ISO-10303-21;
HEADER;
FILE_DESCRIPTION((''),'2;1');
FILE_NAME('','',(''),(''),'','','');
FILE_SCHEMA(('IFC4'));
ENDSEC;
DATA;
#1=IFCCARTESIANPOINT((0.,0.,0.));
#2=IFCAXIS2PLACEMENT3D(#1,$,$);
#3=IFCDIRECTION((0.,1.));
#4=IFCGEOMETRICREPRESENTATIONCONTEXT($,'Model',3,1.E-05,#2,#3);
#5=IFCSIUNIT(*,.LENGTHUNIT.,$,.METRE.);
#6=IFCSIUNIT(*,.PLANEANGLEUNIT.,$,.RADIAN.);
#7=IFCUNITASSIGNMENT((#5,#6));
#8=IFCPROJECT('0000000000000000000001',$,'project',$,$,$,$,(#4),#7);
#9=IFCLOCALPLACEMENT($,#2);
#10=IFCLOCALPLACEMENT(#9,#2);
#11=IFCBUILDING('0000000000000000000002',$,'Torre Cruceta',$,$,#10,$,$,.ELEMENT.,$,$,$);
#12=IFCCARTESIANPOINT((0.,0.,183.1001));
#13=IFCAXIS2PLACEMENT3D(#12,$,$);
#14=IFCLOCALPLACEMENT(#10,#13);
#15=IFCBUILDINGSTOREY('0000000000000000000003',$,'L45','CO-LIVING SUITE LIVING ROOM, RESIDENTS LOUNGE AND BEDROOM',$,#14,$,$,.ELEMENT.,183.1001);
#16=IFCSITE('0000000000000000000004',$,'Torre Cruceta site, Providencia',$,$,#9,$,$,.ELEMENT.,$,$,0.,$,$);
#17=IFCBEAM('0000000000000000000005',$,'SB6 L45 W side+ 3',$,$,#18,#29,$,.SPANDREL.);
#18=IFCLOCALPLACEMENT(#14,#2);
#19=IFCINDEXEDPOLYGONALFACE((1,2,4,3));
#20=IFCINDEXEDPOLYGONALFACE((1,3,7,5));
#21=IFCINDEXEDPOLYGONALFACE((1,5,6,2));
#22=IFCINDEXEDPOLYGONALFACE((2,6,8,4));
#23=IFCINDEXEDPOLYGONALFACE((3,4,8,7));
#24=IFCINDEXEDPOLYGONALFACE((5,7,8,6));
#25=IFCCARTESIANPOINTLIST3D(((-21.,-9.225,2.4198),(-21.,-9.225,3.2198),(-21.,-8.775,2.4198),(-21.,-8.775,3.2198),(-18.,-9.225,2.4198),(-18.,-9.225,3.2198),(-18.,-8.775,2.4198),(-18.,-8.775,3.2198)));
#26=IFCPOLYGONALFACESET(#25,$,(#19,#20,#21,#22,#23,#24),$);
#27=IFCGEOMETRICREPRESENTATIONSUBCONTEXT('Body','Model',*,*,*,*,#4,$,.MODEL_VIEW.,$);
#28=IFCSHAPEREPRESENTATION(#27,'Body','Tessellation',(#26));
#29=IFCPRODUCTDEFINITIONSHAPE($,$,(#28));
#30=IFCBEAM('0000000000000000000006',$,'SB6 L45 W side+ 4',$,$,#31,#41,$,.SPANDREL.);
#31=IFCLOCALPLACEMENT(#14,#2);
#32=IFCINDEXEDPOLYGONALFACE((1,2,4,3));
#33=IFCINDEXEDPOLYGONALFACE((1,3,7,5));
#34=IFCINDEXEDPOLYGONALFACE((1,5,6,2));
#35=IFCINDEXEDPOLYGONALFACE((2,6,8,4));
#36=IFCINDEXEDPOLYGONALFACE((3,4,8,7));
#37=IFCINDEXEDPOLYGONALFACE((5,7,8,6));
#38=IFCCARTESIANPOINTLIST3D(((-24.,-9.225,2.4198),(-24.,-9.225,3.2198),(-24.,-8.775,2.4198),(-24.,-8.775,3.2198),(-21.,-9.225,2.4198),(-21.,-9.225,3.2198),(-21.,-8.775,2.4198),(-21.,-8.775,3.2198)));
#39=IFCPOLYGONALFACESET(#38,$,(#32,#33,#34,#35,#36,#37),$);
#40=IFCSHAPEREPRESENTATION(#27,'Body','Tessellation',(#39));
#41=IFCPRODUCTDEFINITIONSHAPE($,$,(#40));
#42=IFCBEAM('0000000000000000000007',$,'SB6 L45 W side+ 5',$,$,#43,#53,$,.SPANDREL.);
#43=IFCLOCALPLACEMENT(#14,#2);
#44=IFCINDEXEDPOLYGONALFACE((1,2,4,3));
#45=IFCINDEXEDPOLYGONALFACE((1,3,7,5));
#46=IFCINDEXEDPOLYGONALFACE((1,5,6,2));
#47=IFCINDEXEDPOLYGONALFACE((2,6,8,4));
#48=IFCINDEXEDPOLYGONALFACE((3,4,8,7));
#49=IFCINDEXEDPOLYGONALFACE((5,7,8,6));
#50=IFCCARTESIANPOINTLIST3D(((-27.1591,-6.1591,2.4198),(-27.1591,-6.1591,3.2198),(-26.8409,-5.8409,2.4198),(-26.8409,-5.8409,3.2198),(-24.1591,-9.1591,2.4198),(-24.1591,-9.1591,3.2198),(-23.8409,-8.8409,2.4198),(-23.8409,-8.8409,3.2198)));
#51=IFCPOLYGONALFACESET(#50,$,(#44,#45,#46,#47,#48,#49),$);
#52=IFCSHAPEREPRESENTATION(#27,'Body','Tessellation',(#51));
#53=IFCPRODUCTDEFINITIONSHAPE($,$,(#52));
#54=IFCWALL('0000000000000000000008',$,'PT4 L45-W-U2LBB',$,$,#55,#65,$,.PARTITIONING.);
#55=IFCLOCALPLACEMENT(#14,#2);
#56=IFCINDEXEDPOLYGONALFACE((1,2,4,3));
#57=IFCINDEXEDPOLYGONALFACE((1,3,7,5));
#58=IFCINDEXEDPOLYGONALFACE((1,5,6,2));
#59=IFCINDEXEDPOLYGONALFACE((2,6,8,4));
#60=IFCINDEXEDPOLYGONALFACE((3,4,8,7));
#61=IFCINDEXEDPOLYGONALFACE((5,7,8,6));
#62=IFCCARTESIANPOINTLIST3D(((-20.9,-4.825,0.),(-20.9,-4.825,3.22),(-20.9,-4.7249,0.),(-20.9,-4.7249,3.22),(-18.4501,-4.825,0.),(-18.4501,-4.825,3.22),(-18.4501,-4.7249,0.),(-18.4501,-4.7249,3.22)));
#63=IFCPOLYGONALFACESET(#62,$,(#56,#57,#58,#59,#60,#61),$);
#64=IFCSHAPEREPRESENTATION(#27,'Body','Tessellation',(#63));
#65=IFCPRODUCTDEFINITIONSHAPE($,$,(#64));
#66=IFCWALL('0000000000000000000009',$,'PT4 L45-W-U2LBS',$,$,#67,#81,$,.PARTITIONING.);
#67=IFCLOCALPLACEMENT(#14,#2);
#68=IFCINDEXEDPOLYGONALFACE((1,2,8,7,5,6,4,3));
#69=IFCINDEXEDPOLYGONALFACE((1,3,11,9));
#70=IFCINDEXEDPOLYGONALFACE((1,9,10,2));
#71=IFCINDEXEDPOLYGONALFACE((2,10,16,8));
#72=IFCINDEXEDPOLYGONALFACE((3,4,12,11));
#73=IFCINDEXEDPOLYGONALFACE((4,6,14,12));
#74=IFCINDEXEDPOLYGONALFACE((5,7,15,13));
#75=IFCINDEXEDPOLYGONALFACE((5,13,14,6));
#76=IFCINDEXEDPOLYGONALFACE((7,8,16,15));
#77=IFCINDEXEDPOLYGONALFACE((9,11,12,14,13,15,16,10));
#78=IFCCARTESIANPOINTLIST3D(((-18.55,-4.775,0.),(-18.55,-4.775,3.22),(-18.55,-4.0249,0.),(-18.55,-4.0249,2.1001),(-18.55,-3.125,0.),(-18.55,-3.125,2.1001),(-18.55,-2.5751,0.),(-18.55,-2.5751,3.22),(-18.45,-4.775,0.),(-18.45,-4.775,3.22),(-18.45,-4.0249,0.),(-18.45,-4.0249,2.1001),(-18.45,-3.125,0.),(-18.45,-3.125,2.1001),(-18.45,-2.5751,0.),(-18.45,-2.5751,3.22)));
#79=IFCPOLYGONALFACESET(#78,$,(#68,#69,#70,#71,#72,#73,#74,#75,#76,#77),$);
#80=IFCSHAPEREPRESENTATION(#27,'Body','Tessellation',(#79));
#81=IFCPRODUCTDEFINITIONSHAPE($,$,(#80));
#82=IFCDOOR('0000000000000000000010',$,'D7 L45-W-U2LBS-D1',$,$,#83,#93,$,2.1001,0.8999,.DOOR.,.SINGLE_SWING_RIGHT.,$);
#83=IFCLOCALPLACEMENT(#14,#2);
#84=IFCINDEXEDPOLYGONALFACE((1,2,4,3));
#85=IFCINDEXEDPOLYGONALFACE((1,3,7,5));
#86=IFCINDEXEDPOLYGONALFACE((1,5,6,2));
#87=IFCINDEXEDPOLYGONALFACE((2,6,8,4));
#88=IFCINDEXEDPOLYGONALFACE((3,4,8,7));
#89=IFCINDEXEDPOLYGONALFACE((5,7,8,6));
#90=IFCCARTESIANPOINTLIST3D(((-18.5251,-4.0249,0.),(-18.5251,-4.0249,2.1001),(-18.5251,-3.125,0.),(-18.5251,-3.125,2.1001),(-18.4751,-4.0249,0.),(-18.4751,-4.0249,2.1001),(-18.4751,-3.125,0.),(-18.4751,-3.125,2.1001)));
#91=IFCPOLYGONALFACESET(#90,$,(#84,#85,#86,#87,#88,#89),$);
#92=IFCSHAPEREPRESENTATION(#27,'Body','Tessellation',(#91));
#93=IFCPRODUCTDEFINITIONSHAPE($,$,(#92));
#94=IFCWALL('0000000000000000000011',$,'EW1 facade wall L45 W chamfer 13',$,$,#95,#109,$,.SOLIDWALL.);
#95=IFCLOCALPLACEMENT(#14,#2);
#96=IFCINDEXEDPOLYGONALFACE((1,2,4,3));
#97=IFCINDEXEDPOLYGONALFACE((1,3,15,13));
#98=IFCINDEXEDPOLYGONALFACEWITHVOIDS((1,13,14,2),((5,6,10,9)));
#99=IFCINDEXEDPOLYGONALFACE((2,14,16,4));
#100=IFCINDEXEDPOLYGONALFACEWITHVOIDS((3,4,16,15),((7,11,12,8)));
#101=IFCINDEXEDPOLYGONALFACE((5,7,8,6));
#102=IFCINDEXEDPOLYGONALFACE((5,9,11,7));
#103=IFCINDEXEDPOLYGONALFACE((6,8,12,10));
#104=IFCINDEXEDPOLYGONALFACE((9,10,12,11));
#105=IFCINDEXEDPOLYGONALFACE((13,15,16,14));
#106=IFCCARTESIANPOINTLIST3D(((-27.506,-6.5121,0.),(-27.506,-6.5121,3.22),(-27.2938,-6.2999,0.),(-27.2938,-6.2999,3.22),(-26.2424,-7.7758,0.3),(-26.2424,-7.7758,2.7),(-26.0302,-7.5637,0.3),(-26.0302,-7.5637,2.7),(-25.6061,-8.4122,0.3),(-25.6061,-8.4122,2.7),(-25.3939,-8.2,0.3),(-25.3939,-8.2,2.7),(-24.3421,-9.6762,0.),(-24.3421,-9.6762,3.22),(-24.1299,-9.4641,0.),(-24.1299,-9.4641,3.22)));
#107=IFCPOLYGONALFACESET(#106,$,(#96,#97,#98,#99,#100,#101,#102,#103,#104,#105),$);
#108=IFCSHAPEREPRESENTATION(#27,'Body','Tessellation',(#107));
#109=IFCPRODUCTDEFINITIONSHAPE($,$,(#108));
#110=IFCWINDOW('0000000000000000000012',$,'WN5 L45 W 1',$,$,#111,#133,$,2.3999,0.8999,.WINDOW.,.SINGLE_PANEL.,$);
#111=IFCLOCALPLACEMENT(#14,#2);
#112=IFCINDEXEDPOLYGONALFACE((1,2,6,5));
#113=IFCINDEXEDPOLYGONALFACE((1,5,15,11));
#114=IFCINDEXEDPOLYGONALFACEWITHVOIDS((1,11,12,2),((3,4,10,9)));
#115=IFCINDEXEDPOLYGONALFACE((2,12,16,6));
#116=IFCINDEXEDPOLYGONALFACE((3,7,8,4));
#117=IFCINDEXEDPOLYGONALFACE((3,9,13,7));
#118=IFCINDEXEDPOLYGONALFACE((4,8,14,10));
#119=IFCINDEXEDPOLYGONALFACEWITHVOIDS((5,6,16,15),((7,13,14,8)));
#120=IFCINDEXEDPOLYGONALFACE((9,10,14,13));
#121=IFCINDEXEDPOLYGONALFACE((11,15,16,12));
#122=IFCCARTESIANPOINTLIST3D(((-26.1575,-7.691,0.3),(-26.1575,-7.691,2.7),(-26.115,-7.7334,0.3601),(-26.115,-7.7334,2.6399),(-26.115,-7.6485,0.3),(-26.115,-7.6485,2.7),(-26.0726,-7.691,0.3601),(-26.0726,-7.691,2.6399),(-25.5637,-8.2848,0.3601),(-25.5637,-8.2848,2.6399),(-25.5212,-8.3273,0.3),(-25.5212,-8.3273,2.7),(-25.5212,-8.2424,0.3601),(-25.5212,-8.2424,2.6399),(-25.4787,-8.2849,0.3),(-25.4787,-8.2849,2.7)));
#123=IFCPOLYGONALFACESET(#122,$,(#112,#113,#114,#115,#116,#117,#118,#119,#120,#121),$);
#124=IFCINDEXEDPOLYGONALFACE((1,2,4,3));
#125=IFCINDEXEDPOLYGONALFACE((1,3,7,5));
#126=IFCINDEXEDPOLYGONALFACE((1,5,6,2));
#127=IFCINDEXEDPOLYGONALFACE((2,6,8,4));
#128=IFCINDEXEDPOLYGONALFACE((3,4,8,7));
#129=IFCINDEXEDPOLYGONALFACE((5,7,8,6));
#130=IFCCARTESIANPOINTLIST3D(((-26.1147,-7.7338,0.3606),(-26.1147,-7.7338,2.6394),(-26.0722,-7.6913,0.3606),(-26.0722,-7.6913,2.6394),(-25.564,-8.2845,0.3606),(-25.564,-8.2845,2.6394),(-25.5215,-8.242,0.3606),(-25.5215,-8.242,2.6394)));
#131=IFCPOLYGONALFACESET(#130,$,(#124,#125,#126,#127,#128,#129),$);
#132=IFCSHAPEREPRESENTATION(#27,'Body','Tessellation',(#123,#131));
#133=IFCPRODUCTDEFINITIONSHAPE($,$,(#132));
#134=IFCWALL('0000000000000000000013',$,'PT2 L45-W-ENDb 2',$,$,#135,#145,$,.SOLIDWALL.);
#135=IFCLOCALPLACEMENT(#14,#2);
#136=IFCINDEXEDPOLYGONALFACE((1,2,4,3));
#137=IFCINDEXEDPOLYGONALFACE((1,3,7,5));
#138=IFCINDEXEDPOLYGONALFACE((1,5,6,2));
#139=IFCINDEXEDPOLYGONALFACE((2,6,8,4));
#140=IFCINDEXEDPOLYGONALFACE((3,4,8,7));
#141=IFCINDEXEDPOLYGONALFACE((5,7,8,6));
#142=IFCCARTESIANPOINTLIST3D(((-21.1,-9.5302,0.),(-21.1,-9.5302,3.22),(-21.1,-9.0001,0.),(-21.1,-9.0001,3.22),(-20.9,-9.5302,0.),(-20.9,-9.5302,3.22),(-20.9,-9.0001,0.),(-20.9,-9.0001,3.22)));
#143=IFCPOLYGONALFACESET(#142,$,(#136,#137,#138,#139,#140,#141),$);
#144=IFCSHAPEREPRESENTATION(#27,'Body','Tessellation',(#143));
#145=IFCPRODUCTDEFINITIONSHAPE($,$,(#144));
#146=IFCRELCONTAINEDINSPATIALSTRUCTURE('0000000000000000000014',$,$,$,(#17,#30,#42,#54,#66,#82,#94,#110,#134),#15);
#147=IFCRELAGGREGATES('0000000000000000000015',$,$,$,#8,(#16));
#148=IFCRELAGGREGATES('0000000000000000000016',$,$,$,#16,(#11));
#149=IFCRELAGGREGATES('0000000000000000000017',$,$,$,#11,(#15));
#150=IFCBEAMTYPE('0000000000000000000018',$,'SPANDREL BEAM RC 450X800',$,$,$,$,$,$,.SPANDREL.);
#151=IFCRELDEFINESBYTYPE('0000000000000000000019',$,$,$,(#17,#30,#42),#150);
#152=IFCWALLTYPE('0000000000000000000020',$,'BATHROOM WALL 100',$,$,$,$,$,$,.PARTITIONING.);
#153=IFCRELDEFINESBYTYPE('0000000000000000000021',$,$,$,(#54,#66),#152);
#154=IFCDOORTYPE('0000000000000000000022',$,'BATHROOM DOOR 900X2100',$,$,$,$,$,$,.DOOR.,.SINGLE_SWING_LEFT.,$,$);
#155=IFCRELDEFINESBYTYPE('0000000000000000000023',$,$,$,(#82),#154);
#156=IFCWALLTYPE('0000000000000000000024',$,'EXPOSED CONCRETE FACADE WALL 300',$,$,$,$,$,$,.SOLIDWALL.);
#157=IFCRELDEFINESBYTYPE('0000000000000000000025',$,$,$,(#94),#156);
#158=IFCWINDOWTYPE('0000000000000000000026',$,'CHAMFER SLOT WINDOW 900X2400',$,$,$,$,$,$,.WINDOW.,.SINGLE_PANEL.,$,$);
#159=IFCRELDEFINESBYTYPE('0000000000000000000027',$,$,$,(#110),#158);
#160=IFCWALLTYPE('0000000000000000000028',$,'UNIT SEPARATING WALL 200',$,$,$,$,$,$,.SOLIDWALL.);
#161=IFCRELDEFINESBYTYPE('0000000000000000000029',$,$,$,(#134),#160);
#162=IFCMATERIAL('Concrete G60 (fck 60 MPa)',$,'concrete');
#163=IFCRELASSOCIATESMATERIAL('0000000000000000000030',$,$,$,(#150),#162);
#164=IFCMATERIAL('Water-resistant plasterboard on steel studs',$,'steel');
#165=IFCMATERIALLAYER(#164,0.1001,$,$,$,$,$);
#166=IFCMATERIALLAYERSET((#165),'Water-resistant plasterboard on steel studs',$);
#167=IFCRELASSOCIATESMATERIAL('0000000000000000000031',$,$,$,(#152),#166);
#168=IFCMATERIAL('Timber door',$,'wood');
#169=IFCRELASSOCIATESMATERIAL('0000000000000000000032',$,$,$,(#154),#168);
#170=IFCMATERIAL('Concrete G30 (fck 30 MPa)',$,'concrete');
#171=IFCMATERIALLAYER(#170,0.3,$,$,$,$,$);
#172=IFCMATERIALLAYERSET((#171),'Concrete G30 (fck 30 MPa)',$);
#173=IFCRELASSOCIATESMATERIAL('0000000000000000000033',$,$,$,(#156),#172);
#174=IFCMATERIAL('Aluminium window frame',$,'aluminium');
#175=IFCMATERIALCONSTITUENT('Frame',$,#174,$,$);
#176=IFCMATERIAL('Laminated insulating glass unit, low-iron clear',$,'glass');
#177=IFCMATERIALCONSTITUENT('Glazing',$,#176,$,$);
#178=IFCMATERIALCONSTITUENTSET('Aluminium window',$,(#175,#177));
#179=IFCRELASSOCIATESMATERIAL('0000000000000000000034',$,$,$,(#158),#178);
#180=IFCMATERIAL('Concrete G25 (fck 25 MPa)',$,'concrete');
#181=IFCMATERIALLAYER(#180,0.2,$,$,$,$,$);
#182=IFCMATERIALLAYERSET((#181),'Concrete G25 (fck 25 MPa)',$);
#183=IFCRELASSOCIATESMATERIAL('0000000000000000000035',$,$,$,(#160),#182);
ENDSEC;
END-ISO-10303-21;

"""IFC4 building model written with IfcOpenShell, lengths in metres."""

from ifc_helpers import new_model, si_unit, direction, frame, frame_2d, origin, origin_2d, place, context, subcontext, project, spatial, rectangle, hollow_rectangle, extrude, material, layer, layer_set, constituent, constituent_set, material_profile, profile_set, type_object, element, fill, save


model = new_model("IFC4")

# Units and contexts
model_context = context("Model", 3, precision=1e-05, world=origin(), true_north=direction((0.0, 1.0)))
body_context = subcontext(model_context, "Body", "Model", "MODEL_VIEW")
ifc_project = project(units=[si_unit("LENGTHUNIT", "METRE"), si_unit("PLANEANGLEUNIT", "RADIAN")], contexts=[model_context])

# Site, building, storey
site_placement = place(None, origin())
site = spatial("IfcSite", under=ifc_project, at=site_placement, Name="Torre Cruceta site, Providencia", CompositionType="ELEMENT", RefElevation=0.0)
building_placement = place(site_placement, origin())
building = spatial("IfcBuilding", under=site, at=building_placement, Name="Torre Cruceta", CompositionType="ELEMENT")
storey_placement = place(building_placement, frame((0.0, 0.0, 183.1001)))
storey = spatial("IfcBuildingStorey", under=building, at=storey_placement, Name="L45", Description="CO-LIVING SUITE LIVING ROOM, RESIDENTS LOUNGE AND BEDROOM", CompositionType="ELEMENT", Elevation=183.1001)

# Beams
ifc_material_1 = material(Name="Concrete G60 (fck 60 MPa)", Category="concrete")
ifc_material_profile_1 = material_profile(ifc_material_1, rectangle(XDim=0.45, YDim=0.8, at=origin_2d()), Name="RC 450X800")
ifc_profile_set_1 = profile_set([ifc_material_profile_1], Name="Concrete G60 (fck 60 MPa)")
beam_type_1 = type_object("IfcBeamType", Name="SPANDREL BEAM RC 450X800", PredefinedType="SPANDREL", material=ifc_profile_set_1)
for number, where, z_axis, x_axis, name in (
    (1, (-18.0, -9.0, 2.8198), (-1.0, 0.0, 0.0), (0.0, -1.0, 0.0), "SB6 L45 W side+ 3"),
    (2, (-21.0, -9.0, 2.8198), (-1.0, 0.0, 0.0), (0.0, -1.0, 0.0), "SB6 L45 W side+ 4"),
):
    element("IfcBeam", number, at=place(storey_placement, frame(where, z_axis=z_axis, x_axis=x_axis)), inside=storey, type_object=beam_type_1, Name=name, PredefinedType="SPANDREL", context=body_context, shape_type="SweptSolid", body=[
        extrude(rectangle(XDim=0.45, YDim=0.8, at=origin_2d()), origin(), (0.0, 0.0, 1.0), 3.0),
    ])
beam_1_placement = place(storey_placement, frame((-24.0, -9.0, 2.8198), z_axis=(-0.707107, 0.707107, 0.0), x_axis=(-0.707107, -0.707107, 0.0)))
element("IfcBeam", 3, at=beam_1_placement, inside=storey, type_object=beam_type_1, Name="SB6 L45 W side+ 5", PredefinedType="SPANDREL", context=body_context, shape_type="SweptSolid", body=[
    extrude(rectangle(XDim=0.45, YDim=0.8, at=origin_2d()), origin(), (0.0, 0.0, 1.0), 4.2427),
])

# Wall
ifc_material_2 = material(Name="Water-resistant plasterboard on steel studs", Category="steel")
ifc_layer_1 = layer(ifc_material_2, 0.1001)
ifc_layer_set_1 = layer_set([ifc_layer_1], Name="Water-resistant plasterboard on steel studs")
wall_type_1 = type_object("IfcWallType", Name="BATHROOM WALL 100", PredefinedType="PARTITIONING", material=ifc_layer_set_1)
wall_1_placement = place(storey_placement, frame((-18.45, -4.7749, 0.0), z_axis=(0.0, 0.0, 1.0), x_axis=(-1.0, 0.0, 0.0)))
element("IfcWall", 4, at=wall_1_placement, inside=storey, type_object=wall_type_1, Name="PT4 L45-W-U2LBB", PredefinedType="PARTITIONING", context=body_context, shape_type="SweptSolid", body=[
    extrude(rectangle(XDim=2.45, YDim=0.1001, at=frame_2d((1.2251, 0.0))), origin(), (0.0, 0.0, 1.0), 3.22),
])

# Wall, opening, door
wall_2_placement = place(storey_placement, frame((-18.5, -2.575, 0.0), z_axis=(0.0, 0.0, 1.0), x_axis=(0.0, -1.0, 0.0)))
wall_2 = element("IfcWall", 5, at=wall_2_placement, inside=storey, type_object=wall_type_1, Name="PT4 L45-W-U2LBS", PredefinedType="PARTITIONING", context=body_context, shape_type="SweptSolid", body=[
    extrude(rectangle(XDim=2.2, YDim=0.1001, at=frame_2d((1.1001, 0.0))), origin(), (0.0, 0.0, 1.0), 3.22),
])
opening_1_placement = place(wall_2_placement, frame((0.55, 0.0, 0.0)))
opening_1 = element("IfcOpeningElement", 6, at=opening_1_placement, cuts=wall_2, PredefinedType="OPENING", context=body_context, shape_type="SweptSolid", body=[
    extrude(rectangle(XDim=0.8999, YDim=2.1001, at=frame_2d((0.45, 1.05))), frame((0.0, 0.0601, 0.0), z_axis=(0.0, -1.0, 0.0), x_axis=(1.0, 0.0, 0.0)), (0.0, 0.0, 1.0), 0.1201),
])
ifc_material_3 = material(Name="Timber door", Category="wood")
door_type_1 = type_object("IfcDoorType", Name="BATHROOM DOOR 900X2100", OperationType="SINGLE_SWING_LEFT", PredefinedType="DOOR", material=ifc_material_3)
door_1_placement = place(opening_1_placement, frame((0.8999, 0.0, 0.0), z_axis=(0.0, 0.0, 1.0), x_axis=(-1.0, 0.0, 0.0)))
door_1 = element("IfcDoor", 7, at=door_1_placement, inside=storey, type_object=door_type_1, Name="D7 L45-W-U2LBS-D1", OperationType="SINGLE_SWING_RIGHT", OverallHeight=2.1001, OverallWidth=0.8999, PredefinedType="DOOR", context=body_context, shape_type="SweptSolid", body=[
    extrude(rectangle(XDim=0.8999, YDim=2.1001, at=frame_2d((0.45, 1.05))), frame((0.0, 0.0251, 0.0), z_axis=(0.0, -1.0, 0.0), x_axis=(1.0, 0.0, 0.0)), (0.0, 0.0, 1.0), 0.05),
])
fill(opening_1, door_1)

# Wall, opening, window
ifc_material_4 = material(Name="Concrete G30 (fck 30 MPa)", Category="concrete")
ifc_layer_2 = layer(ifc_material_4, 0.3)
ifc_layer_set_2 = layer_set([ifc_layer_2], Name="Concrete G30 (fck 30 MPa)")
wall_type_2 = type_object("IfcWallType", Name="EXPOSED CONCRETE FACADE WALL 300", PredefinedType="SOLIDWALL", material=ifc_layer_set_2)
wall_3_placement = place(storey_placement, frame((-27.3999, -6.406, 0.0), z_axis=(0.0, 0.0, 1.0), x_axis=(0.707079, -0.707134, 0.0)))
wall_3 = element("IfcWall", 8, at=wall_3_placement, inside=storey, type_object=wall_type_2, Name="EW1 facade wall L45 W chamfer 13", PredefinedType="SOLIDWALL", context=body_context, shape_type="SweptSolid", body=[
    extrude(rectangle(XDim=4.4746, YDim=0.3, at=frame_2d((2.2373, 0.0))), origin(), (0.0, 0.0, 1.0), 3.22),
])
opening_2_placement = place(wall_3_placement, frame((1.7871, 0.0, 0.3)))
opening_2 = element("IfcOpeningElement", 9, at=opening_2_placement, cuts=wall_3, PredefinedType="OPENING", context=body_context, shape_type="SweptSolid", body=[
    extrude(rectangle(XDim=0.8999, YDim=2.3999, at=frame_2d((0.45, 1.2))), frame((0.0, 0.1599, 0.0), z_axis=(0.0, -1.0, 0.0), x_axis=(1.0, 0.0, 0.0)), (0.0, 0.0, 1.0), 0.3201),
])
ifc_material_5 = material(Name="Aluminium window frame", Category="aluminium")
ifc_constituent_1 = constituent(ifc_material_5, Name="Frame")
ifc_material_6 = material(Name="Laminated insulating glass unit, low-iron clear", Category="glass")
ifc_constituent_2 = constituent(ifc_material_6, Name="Glazing")
ifc_constituent_set_1 = constituent_set(constituents=[ifc_constituent_1, ifc_constituent_2], Name="Aluminium window")
window_type = type_object("IfcWindowType", Name="CHAMFER SLOT WINDOW 900X2400", PartitioningType="SINGLE_PANEL", PredefinedType="WINDOW", material=ifc_constituent_set_1)
window_placement = place(opening_2_placement, origin())
window = element("IfcWindow", 10, at=window_placement, inside=storey, type_object=window_type, Name="WN5 L45 W 1", OverallHeight=2.3999, OverallWidth=0.8999, PartitioningType="SINGLE_PANEL", PredefinedType="WINDOW", context=body_context, shape_type="SweptSolid", body=[
    extrude(hollow_rectangle(XDim=0.8999, YDim=2.3999, WallThickness=0.0601, at=frame_2d((0.45, 1.2))), frame((0.0, 0.03, 0.0), z_axis=(0.0, -1.0, 0.0), x_axis=(1.0, 0.0, 0.0)), (0.0, 0.0, 1.0), 0.0601),
    extrude(rectangle(XDim=0.7788, YDim=2.2788, at=frame_2d((0.45, 1.2))), frame((0.0, 0.03, 0.0), z_axis=(0.0, -1.0, 0.0), x_axis=(1.0, 0.0, 0.0)), (0.0, 0.0, 1.0), 0.0601),
])
fill(opening_2, window)

# Wall
ifc_material_7 = material(Name="Concrete G25 (fck 25 MPa)", Category="concrete")
ifc_layer_3 = layer(ifc_material_7, 0.2)
ifc_layer_set_3 = layer_set([ifc_layer_3], Name="Concrete G25 (fck 25 MPa)")
wall_type_3 = type_object("IfcWallType", Name="UNIT SEPARATING WALL 200", PredefinedType="SOLIDWALL", material=ifc_layer_set_3)
wall_4_placement = place(storey_placement, frame((-21.0, -9.0, 0.0), z_axis=(0.0, 0.0, 1.0), x_axis=(0.0, -1.0, 0.0)))
element("IfcWall", 11, at=wall_4_placement, inside=storey, type_object=wall_type_3, Name="PT2 L45-W-ENDb 2", PredefinedType="SOLIDWALL", context=body_context, shape_type="SweptSolid", body=[
    extrude(rectangle(XDim=0.53, YDim=0.2, at=frame_2d((0.2651, 0.0))), origin(), (0.0, 0.0, 1.0), 3.22),
])

save(model, "model.ifc")
